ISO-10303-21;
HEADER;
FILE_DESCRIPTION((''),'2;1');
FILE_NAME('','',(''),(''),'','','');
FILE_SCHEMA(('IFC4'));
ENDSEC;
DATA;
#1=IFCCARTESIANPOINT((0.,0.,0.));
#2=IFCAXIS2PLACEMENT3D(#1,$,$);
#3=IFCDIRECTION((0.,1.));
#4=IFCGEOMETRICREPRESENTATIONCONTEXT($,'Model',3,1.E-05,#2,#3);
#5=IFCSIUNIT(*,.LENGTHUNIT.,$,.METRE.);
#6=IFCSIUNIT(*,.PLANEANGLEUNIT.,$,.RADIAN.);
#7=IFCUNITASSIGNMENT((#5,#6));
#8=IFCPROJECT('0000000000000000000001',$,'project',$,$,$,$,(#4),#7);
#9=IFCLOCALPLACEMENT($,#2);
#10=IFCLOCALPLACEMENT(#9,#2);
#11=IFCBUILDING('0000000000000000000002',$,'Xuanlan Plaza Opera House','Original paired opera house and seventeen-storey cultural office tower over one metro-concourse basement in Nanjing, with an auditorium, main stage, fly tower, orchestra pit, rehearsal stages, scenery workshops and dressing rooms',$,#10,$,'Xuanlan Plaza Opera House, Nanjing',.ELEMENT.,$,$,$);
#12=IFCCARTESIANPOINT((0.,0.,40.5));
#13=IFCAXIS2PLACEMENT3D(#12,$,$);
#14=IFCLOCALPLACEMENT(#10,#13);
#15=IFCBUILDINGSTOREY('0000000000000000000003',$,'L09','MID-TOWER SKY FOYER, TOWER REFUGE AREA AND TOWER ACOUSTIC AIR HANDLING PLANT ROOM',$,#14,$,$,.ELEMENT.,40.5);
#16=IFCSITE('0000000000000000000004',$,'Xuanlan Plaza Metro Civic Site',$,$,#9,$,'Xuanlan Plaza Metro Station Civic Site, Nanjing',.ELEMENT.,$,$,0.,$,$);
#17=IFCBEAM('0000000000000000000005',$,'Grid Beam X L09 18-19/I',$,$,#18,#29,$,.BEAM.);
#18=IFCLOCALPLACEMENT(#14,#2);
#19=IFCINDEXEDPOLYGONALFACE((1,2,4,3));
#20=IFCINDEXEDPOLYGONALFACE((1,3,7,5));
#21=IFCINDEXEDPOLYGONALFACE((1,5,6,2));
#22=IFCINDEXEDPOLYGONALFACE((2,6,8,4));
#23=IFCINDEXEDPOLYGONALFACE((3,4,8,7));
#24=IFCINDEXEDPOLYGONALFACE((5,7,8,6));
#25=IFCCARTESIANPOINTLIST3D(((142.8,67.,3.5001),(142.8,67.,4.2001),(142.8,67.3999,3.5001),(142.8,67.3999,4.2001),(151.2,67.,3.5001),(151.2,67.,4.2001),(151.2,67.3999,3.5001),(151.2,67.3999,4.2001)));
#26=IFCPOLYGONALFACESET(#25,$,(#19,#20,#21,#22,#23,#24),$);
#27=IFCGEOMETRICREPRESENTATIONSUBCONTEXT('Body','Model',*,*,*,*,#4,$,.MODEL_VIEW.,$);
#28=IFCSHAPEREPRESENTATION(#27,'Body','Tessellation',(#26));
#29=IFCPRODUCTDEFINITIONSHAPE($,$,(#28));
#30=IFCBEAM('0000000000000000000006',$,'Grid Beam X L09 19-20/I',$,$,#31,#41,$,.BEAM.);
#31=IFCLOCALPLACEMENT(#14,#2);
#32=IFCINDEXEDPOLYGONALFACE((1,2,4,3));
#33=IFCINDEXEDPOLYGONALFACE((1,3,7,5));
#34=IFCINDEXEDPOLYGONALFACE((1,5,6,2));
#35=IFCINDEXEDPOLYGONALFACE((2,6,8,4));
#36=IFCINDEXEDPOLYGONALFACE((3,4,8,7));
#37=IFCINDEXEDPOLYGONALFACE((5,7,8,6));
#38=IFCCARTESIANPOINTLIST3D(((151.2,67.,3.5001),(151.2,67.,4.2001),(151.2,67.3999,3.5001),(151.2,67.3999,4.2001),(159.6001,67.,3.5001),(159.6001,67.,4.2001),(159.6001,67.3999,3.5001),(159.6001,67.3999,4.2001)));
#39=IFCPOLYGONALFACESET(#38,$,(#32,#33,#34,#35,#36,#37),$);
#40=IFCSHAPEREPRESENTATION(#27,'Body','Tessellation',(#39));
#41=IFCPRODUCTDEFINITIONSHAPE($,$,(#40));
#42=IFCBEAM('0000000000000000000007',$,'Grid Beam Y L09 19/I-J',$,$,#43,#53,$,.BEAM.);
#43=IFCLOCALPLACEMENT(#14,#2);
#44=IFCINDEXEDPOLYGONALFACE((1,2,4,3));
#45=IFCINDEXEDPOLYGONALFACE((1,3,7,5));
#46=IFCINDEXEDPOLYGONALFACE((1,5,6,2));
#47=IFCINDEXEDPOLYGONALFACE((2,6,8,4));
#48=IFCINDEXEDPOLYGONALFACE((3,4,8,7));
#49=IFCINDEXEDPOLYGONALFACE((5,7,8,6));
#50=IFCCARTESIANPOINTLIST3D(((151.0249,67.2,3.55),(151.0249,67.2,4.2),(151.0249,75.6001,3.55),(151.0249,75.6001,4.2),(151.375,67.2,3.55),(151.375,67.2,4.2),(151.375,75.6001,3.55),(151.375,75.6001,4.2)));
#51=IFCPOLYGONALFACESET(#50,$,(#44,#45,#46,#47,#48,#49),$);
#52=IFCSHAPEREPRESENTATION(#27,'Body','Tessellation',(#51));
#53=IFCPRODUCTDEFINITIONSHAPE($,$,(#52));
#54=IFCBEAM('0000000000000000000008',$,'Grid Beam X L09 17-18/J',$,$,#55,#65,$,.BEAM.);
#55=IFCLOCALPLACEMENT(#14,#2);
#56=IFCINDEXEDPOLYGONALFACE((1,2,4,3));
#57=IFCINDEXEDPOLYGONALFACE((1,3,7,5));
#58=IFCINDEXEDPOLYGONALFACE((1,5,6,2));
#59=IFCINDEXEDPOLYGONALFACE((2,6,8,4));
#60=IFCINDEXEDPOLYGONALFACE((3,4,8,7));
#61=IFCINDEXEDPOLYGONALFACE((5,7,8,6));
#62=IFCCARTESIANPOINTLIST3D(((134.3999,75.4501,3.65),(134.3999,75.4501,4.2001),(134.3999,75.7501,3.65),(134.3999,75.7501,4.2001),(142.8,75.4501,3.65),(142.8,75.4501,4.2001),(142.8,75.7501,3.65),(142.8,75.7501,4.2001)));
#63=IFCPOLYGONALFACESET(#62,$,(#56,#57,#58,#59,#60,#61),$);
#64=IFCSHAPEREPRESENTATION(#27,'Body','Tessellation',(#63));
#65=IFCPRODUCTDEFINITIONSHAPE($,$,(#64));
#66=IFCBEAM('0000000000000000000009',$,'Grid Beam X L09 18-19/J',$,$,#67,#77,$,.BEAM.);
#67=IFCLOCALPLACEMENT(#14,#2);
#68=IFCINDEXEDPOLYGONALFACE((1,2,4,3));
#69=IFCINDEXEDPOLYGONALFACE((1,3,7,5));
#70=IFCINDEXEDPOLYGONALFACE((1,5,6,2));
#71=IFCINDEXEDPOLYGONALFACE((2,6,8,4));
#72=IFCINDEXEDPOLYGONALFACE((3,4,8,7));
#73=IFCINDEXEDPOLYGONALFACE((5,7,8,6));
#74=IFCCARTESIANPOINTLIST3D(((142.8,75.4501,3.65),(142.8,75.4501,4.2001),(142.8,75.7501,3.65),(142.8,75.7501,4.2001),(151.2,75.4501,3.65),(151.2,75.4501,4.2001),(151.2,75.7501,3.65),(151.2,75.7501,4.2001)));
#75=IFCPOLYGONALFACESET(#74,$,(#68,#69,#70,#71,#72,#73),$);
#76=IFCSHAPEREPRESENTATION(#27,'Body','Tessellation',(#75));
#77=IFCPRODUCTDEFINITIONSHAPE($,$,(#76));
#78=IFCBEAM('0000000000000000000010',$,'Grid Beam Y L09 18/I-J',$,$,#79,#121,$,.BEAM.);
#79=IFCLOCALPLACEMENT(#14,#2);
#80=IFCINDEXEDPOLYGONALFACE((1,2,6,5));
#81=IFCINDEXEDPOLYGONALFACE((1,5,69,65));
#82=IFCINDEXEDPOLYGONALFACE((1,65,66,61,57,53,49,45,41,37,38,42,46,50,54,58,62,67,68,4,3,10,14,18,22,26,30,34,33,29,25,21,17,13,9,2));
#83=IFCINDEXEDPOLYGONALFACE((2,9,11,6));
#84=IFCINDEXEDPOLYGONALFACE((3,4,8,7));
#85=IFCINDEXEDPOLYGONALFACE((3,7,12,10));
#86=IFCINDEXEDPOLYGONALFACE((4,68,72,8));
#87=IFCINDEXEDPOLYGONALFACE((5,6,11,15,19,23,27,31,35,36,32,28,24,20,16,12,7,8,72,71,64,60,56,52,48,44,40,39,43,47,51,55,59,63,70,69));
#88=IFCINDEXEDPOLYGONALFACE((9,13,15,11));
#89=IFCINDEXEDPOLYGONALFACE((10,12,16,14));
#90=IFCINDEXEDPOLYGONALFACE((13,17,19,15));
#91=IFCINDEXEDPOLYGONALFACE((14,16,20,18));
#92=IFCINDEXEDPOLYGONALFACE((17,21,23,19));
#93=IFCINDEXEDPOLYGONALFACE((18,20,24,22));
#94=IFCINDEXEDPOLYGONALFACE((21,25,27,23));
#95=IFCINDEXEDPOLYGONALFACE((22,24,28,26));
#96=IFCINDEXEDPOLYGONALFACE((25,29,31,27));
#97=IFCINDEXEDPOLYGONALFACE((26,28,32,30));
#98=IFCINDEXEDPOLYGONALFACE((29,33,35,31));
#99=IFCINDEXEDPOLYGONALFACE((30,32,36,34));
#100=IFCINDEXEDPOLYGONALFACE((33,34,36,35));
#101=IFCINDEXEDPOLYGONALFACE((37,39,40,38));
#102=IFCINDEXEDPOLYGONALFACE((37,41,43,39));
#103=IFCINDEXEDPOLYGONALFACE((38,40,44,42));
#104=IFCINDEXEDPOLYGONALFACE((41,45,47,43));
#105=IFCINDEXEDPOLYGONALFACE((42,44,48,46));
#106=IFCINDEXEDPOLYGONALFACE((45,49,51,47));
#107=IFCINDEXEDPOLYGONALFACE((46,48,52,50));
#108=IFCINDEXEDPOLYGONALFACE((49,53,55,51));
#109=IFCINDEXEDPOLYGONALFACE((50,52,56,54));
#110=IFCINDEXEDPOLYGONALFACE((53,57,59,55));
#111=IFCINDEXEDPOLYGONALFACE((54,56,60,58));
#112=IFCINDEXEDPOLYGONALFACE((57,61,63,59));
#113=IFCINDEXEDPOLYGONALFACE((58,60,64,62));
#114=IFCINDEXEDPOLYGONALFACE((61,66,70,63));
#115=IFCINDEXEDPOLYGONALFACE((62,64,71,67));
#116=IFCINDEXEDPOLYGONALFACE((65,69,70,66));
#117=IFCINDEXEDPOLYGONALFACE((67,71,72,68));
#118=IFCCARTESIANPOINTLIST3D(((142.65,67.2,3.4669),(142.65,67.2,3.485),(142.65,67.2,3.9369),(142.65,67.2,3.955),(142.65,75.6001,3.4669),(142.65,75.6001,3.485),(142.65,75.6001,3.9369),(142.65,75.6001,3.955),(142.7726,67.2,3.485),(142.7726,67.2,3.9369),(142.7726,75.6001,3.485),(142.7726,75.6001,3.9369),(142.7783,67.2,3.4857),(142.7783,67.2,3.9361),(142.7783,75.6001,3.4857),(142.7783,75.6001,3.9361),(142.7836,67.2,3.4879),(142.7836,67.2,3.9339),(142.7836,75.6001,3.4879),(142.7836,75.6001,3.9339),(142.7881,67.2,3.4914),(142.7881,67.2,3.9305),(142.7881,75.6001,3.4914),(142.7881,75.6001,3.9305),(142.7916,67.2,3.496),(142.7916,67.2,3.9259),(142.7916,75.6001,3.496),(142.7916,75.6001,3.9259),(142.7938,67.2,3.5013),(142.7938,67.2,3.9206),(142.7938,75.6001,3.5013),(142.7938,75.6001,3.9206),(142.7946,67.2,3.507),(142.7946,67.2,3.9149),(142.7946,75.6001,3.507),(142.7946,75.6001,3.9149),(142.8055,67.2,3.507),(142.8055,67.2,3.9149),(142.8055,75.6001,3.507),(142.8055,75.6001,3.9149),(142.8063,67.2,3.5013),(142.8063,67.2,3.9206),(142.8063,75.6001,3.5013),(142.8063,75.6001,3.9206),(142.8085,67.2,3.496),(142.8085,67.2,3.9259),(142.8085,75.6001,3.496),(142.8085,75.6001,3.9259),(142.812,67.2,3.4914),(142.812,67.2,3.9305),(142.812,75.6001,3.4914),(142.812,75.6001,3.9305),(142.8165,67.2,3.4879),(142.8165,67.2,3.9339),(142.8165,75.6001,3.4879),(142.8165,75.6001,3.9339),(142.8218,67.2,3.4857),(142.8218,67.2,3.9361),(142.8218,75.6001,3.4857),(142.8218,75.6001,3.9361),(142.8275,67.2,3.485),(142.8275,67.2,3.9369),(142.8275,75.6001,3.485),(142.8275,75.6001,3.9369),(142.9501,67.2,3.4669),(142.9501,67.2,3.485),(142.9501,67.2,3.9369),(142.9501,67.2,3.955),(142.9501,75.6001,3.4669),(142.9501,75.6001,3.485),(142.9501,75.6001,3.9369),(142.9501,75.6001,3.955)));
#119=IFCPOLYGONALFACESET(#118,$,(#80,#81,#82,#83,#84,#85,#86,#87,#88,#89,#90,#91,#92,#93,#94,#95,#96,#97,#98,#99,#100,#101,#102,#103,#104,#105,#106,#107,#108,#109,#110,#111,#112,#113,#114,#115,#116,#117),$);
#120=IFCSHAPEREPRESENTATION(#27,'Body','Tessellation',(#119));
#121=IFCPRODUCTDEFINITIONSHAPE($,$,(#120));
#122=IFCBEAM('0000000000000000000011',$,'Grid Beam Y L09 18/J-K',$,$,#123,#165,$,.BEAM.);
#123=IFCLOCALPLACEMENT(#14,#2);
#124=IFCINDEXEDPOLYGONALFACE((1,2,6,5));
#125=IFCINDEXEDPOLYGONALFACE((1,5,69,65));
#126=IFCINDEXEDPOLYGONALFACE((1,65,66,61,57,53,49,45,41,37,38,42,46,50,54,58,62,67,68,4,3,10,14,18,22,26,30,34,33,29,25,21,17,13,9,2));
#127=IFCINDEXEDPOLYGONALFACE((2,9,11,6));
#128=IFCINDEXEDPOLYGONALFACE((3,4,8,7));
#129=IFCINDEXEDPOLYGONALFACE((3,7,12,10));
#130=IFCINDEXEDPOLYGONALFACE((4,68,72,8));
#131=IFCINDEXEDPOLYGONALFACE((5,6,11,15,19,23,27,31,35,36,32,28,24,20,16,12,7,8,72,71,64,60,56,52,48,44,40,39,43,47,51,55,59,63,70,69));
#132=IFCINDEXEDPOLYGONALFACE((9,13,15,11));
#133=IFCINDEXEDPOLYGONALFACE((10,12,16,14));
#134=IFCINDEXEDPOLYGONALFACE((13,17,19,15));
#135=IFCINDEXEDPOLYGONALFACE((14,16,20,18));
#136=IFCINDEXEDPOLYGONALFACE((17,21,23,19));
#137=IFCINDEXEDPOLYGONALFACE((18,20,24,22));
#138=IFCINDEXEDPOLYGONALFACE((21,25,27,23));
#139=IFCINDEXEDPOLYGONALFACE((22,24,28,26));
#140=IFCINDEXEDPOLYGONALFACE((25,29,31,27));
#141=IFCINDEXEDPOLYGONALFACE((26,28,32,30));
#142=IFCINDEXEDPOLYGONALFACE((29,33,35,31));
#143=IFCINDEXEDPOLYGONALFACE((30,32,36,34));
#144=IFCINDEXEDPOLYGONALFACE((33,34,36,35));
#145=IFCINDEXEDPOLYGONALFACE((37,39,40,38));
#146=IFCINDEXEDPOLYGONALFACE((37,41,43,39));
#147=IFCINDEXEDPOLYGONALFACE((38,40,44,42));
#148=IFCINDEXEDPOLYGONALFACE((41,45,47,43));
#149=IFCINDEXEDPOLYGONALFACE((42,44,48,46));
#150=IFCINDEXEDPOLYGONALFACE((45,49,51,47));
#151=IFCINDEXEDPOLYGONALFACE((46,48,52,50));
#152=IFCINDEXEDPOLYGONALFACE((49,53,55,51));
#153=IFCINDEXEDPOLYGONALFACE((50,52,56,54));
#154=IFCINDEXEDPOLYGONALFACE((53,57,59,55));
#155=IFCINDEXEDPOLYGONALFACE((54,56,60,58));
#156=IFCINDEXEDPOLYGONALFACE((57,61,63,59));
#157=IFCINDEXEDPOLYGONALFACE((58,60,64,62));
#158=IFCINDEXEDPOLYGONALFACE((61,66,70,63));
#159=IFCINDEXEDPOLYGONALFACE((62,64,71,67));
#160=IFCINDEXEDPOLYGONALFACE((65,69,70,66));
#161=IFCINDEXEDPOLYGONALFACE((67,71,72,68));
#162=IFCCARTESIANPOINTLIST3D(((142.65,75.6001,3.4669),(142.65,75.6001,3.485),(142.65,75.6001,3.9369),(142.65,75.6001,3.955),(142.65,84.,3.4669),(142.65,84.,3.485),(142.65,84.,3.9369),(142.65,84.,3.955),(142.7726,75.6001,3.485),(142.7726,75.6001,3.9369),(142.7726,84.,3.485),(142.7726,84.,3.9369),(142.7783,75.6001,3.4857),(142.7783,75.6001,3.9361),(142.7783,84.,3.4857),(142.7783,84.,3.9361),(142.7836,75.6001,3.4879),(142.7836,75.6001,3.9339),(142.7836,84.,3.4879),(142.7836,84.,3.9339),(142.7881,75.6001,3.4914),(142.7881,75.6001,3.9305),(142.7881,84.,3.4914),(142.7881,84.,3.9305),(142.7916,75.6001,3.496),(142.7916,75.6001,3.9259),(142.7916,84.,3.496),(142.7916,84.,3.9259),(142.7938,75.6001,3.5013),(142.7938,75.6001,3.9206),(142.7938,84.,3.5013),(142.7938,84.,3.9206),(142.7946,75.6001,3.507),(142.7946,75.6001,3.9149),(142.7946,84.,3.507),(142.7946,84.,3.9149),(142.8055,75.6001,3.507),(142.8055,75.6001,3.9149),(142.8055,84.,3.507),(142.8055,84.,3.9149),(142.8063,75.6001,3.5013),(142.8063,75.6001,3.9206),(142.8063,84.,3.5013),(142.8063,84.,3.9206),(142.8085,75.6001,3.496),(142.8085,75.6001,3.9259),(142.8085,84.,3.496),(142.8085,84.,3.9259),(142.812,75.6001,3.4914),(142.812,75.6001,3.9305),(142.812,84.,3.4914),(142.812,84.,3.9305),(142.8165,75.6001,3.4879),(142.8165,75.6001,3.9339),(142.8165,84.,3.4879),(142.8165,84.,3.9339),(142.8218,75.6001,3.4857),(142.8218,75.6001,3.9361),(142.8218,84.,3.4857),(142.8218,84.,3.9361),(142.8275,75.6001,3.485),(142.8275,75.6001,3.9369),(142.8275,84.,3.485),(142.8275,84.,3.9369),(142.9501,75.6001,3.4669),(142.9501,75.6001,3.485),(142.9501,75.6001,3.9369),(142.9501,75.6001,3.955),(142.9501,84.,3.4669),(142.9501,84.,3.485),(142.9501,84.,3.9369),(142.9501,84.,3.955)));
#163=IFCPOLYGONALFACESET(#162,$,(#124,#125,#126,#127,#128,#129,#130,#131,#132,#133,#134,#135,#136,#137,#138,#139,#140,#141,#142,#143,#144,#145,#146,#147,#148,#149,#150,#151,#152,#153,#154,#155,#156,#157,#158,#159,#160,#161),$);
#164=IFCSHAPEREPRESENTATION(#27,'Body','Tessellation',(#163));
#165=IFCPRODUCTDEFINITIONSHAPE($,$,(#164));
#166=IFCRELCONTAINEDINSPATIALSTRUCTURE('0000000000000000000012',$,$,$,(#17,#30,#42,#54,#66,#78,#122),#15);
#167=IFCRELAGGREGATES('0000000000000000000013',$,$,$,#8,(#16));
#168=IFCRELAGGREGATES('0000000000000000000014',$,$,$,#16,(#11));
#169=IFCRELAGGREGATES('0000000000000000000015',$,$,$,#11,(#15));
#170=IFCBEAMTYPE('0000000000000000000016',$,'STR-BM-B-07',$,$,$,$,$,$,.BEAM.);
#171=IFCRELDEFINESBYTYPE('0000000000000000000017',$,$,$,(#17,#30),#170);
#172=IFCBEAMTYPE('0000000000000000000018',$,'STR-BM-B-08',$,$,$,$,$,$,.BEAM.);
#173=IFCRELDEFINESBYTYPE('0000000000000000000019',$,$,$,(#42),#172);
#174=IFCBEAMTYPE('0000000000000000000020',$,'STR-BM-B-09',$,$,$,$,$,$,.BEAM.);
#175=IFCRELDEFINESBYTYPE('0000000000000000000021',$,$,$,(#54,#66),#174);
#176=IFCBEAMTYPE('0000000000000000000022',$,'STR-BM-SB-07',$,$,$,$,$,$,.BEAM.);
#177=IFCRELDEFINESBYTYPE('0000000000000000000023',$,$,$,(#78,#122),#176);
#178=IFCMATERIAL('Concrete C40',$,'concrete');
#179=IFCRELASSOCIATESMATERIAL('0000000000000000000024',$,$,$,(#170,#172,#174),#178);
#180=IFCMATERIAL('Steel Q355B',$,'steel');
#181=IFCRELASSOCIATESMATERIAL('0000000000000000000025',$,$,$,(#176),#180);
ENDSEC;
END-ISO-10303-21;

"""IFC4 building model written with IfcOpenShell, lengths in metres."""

from ifc_helpers import new_model, si_unit, direction, frame, origin, origin_2d, place, context, subcontext, project, spatial, rectangle, i_section, extrude, material, material_profile, profile_set, type_object, element, save


model = new_model("IFC4")

# Units and contexts
model_context = context("Model", 3, precision=1e-05, world=origin(), true_north=direction((0.0, 1.0)))
body_context = subcontext(model_context, "Body", "Model", "MODEL_VIEW")
ifc_project = project(units=[si_unit("LENGTHUNIT", "METRE"), si_unit("PLANEANGLEUNIT", "RADIAN")], contexts=[model_context])

# Site, building, storey
site_placement = place(None, origin())
site = spatial("IfcSite", under=ifc_project, at=site_placement, Name="Xuanlan Plaza Metro Civic Site", LongName="Xuanlan Plaza Metro Station Civic Site, Nanjing", CompositionType="ELEMENT", RefElevation=0.0)
building_placement = place(site_placement, origin())
building = spatial("IfcBuilding", under=site, at=building_placement, Name="Xuanlan Plaza Opera House", Description="Original paired opera house and seventeen-storey cultural office tower over one metro-concourse basement in Nanjing, with an auditorium, main stage, fly tower, orchestra pit, rehearsal stages, scenery workshops and dressing rooms", LongName="Xuanlan Plaza Opera House, Nanjing", CompositionType="ELEMENT")
storey_placement = place(building_placement, frame((0.0, 0.0, 40.5)))
storey = spatial("IfcBuildingStorey", under=building, at=storey_placement, Name="L09", Description="MID-TOWER SKY FOYER, TOWER REFUGE AREA AND TOWER ACOUSTIC AIR HANDLING PLANT ROOM", CompositionType="ELEMENT", Elevation=40.5)

# Shared definitions
ifc_material_1 = material(Name="Steel Q355B", Category="steel")

# Beams
ifc_material_2 = material(Name="Concrete C40", Category="concrete")
ifc_material_profile_1 = material_profile(ifc_material_2, rectangle(XDim=0.3999, YDim=0.7, at=origin_2d()), Name="RC-BM 400x700")
ifc_profile_set_1 = profile_set([ifc_material_profile_1], Name="Concrete C40")
beam_type_1 = type_object("IfcBeamType", Name="STR-BM-B-07", PredefinedType="BEAM", material=ifc_profile_set_1)
beam_1_placement = place(storey_placement, frame((142.8, 67.2, 3.8501), z_axis=(1.0, 0.0, 0.0), x_axis=(0.0, 1.0, 0.0)))
element("IfcBeam", 1, at=beam_1_placement, inside=storey, type_object=beam_type_1, Name="Grid Beam X L09 18-19/I", PredefinedType="BEAM", context=body_context, shape_type="SweptSolid", body=[
    extrude(rectangle(XDim=0.3999, YDim=0.7, at=origin_2d()), origin(), (0.0, 0.0, 1.0), 8.3999),
])
beam_2_placement = place(storey_placement, frame((151.2, 67.2, 3.8501), z_axis=(1.0, 0.0, 0.0), x_axis=(0.0, 1.0, 0.0)))
element("IfcBeam", 2, at=beam_2_placement, inside=storey, type_object=beam_type_1, Name="Grid Beam X L09 19-20/I", PredefinedType="BEAM", context=body_context, shape_type="SweptSolid", body=[
    extrude(rectangle(XDim=0.3999, YDim=0.7, at=origin_2d()), origin(), (0.0, 0.0, 1.0), 8.4001),
])
ifc_material_profile_2 = material_profile(ifc_material_2, rectangle(XDim=0.3501, YDim=0.6499, at=origin_2d()), Name="RC-BM 350x650")
ifc_profile_set_2 = profile_set([ifc_material_profile_2], Name="Concrete C40")
beam_type_2 = type_object("IfcBeamType", Name="STR-BM-B-08", PredefinedType="BEAM", material=ifc_profile_set_2)
beam_3_placement = place(storey_placement, frame((151.2, 67.2, 3.875), z_axis=(0.0, 1.0, 0.0), x_axis=(-1.0, 0.0, 0.0)))
element("IfcBeam", 3, at=beam_3_placement, inside=storey, type_object=beam_type_2, Name="Grid Beam Y L09 19/I-J", PredefinedType="BEAM", context=body_context, shape_type="SweptSolid", body=[
    extrude(rectangle(XDim=0.3501, YDim=0.6499, at=origin_2d()), origin(), (0.0, 0.0, 1.0), 8.4001),
])
ifc_material_profile_3 = material_profile(ifc_material_2, rectangle(XDim=0.3, YDim=0.55, at=origin_2d()), Name="RC-BM 300x550")
ifc_profile_set_3 = profile_set([ifc_material_profile_3], Name="Concrete C40")
beam_type_3 = type_object("IfcBeamType", Name="STR-BM-B-09", PredefinedType="BEAM", material=ifc_profile_set_3)
beam_4_placement = place(storey_placement, frame((134.3999, 75.6001, 3.925), z_axis=(1.0, 0.0, 0.0), x_axis=(0.0, 1.0, 0.0)))
element("IfcBeam", 4, at=beam_4_placement, inside=storey, type_object=beam_type_3, Name="Grid Beam X L09 17-18/J", PredefinedType="BEAM", context=body_context, shape_type="SweptSolid", body=[
    extrude(rectangle(XDim=0.3, YDim=0.55, at=origin_2d()), origin(), (0.0, 0.0, 1.0), 8.4001),
])
beam_5_placement = place(storey_placement, frame((142.8, 75.6001, 3.925), z_axis=(1.0, 0.0, 0.0), x_axis=(0.0, 1.0, 0.0)))
element("IfcBeam", 5, at=beam_5_placement, inside=storey, type_object=beam_type_3, Name="Grid Beam X L09 18-19/J", PredefinedType="BEAM", context=body_context, shape_type="SweptSolid", body=[
    extrude(rectangle(XDim=0.3, YDim=0.55, at=origin_2d()), origin(), (0.0, 0.0, 1.0), 8.3999),
])
ifc_material_profile_4 = material_profile(ifc_material_1, i_section(OverallWidth=0.3, OverallDepth=0.488, WebThickness=0.011, FlangeThickness=0.0181, FilletRadius=0.022, at=origin_2d()), Name="HM 488x300x11x18")
ifc_profile_set_4 = profile_set([ifc_material_profile_4], Name="Steel Q355B")
beam_type_4 = type_object("IfcBeamType", Name="STR-BM-SB-07", PredefinedType="BEAM", material=ifc_profile_set_4)
beam_6_placement = place(storey_placement, frame((142.8, 67.2, 3.7109), z_axis=(0.0, 1.0, 0.0), x_axis=(-1.0, 0.0, 0.0)))
element("IfcBeam", 6, at=beam_6_placement, inside=storey, type_object=beam_type_4, Name="Grid Beam Y L09 18/I-J", PredefinedType="BEAM", context=body_context, shape_type="SweptSolid", body=[
    extrude(i_section(OverallWidth=0.3, OverallDepth=0.488, WebThickness=0.011, FlangeThickness=0.0181, FilletRadius=0.022, at=origin_2d()), origin(), (0.0, 0.0, 1.0), 8.4001),
])
beam_7_placement = place(storey_placement, frame((142.8, 75.6001, 3.7109), z_axis=(0.0, 1.0, 0.0), x_axis=(-1.0, 0.0, 0.0)))
element("IfcBeam", 7, at=beam_7_placement, inside=storey, type_object=beam_type_4, Name="Grid Beam Y L09 18/J-K", PredefinedType="BEAM", context=body_context, shape_type="SweptSolid", body=[
    extrude(i_section(OverallWidth=0.3, OverallDepth=0.488, WebThickness=0.011, FlangeThickness=0.0181, FilletRadius=0.022, at=origin_2d()), origin(), (0.0, 0.0, 1.0), 8.3999),
])

save(model, "model.ifc")
